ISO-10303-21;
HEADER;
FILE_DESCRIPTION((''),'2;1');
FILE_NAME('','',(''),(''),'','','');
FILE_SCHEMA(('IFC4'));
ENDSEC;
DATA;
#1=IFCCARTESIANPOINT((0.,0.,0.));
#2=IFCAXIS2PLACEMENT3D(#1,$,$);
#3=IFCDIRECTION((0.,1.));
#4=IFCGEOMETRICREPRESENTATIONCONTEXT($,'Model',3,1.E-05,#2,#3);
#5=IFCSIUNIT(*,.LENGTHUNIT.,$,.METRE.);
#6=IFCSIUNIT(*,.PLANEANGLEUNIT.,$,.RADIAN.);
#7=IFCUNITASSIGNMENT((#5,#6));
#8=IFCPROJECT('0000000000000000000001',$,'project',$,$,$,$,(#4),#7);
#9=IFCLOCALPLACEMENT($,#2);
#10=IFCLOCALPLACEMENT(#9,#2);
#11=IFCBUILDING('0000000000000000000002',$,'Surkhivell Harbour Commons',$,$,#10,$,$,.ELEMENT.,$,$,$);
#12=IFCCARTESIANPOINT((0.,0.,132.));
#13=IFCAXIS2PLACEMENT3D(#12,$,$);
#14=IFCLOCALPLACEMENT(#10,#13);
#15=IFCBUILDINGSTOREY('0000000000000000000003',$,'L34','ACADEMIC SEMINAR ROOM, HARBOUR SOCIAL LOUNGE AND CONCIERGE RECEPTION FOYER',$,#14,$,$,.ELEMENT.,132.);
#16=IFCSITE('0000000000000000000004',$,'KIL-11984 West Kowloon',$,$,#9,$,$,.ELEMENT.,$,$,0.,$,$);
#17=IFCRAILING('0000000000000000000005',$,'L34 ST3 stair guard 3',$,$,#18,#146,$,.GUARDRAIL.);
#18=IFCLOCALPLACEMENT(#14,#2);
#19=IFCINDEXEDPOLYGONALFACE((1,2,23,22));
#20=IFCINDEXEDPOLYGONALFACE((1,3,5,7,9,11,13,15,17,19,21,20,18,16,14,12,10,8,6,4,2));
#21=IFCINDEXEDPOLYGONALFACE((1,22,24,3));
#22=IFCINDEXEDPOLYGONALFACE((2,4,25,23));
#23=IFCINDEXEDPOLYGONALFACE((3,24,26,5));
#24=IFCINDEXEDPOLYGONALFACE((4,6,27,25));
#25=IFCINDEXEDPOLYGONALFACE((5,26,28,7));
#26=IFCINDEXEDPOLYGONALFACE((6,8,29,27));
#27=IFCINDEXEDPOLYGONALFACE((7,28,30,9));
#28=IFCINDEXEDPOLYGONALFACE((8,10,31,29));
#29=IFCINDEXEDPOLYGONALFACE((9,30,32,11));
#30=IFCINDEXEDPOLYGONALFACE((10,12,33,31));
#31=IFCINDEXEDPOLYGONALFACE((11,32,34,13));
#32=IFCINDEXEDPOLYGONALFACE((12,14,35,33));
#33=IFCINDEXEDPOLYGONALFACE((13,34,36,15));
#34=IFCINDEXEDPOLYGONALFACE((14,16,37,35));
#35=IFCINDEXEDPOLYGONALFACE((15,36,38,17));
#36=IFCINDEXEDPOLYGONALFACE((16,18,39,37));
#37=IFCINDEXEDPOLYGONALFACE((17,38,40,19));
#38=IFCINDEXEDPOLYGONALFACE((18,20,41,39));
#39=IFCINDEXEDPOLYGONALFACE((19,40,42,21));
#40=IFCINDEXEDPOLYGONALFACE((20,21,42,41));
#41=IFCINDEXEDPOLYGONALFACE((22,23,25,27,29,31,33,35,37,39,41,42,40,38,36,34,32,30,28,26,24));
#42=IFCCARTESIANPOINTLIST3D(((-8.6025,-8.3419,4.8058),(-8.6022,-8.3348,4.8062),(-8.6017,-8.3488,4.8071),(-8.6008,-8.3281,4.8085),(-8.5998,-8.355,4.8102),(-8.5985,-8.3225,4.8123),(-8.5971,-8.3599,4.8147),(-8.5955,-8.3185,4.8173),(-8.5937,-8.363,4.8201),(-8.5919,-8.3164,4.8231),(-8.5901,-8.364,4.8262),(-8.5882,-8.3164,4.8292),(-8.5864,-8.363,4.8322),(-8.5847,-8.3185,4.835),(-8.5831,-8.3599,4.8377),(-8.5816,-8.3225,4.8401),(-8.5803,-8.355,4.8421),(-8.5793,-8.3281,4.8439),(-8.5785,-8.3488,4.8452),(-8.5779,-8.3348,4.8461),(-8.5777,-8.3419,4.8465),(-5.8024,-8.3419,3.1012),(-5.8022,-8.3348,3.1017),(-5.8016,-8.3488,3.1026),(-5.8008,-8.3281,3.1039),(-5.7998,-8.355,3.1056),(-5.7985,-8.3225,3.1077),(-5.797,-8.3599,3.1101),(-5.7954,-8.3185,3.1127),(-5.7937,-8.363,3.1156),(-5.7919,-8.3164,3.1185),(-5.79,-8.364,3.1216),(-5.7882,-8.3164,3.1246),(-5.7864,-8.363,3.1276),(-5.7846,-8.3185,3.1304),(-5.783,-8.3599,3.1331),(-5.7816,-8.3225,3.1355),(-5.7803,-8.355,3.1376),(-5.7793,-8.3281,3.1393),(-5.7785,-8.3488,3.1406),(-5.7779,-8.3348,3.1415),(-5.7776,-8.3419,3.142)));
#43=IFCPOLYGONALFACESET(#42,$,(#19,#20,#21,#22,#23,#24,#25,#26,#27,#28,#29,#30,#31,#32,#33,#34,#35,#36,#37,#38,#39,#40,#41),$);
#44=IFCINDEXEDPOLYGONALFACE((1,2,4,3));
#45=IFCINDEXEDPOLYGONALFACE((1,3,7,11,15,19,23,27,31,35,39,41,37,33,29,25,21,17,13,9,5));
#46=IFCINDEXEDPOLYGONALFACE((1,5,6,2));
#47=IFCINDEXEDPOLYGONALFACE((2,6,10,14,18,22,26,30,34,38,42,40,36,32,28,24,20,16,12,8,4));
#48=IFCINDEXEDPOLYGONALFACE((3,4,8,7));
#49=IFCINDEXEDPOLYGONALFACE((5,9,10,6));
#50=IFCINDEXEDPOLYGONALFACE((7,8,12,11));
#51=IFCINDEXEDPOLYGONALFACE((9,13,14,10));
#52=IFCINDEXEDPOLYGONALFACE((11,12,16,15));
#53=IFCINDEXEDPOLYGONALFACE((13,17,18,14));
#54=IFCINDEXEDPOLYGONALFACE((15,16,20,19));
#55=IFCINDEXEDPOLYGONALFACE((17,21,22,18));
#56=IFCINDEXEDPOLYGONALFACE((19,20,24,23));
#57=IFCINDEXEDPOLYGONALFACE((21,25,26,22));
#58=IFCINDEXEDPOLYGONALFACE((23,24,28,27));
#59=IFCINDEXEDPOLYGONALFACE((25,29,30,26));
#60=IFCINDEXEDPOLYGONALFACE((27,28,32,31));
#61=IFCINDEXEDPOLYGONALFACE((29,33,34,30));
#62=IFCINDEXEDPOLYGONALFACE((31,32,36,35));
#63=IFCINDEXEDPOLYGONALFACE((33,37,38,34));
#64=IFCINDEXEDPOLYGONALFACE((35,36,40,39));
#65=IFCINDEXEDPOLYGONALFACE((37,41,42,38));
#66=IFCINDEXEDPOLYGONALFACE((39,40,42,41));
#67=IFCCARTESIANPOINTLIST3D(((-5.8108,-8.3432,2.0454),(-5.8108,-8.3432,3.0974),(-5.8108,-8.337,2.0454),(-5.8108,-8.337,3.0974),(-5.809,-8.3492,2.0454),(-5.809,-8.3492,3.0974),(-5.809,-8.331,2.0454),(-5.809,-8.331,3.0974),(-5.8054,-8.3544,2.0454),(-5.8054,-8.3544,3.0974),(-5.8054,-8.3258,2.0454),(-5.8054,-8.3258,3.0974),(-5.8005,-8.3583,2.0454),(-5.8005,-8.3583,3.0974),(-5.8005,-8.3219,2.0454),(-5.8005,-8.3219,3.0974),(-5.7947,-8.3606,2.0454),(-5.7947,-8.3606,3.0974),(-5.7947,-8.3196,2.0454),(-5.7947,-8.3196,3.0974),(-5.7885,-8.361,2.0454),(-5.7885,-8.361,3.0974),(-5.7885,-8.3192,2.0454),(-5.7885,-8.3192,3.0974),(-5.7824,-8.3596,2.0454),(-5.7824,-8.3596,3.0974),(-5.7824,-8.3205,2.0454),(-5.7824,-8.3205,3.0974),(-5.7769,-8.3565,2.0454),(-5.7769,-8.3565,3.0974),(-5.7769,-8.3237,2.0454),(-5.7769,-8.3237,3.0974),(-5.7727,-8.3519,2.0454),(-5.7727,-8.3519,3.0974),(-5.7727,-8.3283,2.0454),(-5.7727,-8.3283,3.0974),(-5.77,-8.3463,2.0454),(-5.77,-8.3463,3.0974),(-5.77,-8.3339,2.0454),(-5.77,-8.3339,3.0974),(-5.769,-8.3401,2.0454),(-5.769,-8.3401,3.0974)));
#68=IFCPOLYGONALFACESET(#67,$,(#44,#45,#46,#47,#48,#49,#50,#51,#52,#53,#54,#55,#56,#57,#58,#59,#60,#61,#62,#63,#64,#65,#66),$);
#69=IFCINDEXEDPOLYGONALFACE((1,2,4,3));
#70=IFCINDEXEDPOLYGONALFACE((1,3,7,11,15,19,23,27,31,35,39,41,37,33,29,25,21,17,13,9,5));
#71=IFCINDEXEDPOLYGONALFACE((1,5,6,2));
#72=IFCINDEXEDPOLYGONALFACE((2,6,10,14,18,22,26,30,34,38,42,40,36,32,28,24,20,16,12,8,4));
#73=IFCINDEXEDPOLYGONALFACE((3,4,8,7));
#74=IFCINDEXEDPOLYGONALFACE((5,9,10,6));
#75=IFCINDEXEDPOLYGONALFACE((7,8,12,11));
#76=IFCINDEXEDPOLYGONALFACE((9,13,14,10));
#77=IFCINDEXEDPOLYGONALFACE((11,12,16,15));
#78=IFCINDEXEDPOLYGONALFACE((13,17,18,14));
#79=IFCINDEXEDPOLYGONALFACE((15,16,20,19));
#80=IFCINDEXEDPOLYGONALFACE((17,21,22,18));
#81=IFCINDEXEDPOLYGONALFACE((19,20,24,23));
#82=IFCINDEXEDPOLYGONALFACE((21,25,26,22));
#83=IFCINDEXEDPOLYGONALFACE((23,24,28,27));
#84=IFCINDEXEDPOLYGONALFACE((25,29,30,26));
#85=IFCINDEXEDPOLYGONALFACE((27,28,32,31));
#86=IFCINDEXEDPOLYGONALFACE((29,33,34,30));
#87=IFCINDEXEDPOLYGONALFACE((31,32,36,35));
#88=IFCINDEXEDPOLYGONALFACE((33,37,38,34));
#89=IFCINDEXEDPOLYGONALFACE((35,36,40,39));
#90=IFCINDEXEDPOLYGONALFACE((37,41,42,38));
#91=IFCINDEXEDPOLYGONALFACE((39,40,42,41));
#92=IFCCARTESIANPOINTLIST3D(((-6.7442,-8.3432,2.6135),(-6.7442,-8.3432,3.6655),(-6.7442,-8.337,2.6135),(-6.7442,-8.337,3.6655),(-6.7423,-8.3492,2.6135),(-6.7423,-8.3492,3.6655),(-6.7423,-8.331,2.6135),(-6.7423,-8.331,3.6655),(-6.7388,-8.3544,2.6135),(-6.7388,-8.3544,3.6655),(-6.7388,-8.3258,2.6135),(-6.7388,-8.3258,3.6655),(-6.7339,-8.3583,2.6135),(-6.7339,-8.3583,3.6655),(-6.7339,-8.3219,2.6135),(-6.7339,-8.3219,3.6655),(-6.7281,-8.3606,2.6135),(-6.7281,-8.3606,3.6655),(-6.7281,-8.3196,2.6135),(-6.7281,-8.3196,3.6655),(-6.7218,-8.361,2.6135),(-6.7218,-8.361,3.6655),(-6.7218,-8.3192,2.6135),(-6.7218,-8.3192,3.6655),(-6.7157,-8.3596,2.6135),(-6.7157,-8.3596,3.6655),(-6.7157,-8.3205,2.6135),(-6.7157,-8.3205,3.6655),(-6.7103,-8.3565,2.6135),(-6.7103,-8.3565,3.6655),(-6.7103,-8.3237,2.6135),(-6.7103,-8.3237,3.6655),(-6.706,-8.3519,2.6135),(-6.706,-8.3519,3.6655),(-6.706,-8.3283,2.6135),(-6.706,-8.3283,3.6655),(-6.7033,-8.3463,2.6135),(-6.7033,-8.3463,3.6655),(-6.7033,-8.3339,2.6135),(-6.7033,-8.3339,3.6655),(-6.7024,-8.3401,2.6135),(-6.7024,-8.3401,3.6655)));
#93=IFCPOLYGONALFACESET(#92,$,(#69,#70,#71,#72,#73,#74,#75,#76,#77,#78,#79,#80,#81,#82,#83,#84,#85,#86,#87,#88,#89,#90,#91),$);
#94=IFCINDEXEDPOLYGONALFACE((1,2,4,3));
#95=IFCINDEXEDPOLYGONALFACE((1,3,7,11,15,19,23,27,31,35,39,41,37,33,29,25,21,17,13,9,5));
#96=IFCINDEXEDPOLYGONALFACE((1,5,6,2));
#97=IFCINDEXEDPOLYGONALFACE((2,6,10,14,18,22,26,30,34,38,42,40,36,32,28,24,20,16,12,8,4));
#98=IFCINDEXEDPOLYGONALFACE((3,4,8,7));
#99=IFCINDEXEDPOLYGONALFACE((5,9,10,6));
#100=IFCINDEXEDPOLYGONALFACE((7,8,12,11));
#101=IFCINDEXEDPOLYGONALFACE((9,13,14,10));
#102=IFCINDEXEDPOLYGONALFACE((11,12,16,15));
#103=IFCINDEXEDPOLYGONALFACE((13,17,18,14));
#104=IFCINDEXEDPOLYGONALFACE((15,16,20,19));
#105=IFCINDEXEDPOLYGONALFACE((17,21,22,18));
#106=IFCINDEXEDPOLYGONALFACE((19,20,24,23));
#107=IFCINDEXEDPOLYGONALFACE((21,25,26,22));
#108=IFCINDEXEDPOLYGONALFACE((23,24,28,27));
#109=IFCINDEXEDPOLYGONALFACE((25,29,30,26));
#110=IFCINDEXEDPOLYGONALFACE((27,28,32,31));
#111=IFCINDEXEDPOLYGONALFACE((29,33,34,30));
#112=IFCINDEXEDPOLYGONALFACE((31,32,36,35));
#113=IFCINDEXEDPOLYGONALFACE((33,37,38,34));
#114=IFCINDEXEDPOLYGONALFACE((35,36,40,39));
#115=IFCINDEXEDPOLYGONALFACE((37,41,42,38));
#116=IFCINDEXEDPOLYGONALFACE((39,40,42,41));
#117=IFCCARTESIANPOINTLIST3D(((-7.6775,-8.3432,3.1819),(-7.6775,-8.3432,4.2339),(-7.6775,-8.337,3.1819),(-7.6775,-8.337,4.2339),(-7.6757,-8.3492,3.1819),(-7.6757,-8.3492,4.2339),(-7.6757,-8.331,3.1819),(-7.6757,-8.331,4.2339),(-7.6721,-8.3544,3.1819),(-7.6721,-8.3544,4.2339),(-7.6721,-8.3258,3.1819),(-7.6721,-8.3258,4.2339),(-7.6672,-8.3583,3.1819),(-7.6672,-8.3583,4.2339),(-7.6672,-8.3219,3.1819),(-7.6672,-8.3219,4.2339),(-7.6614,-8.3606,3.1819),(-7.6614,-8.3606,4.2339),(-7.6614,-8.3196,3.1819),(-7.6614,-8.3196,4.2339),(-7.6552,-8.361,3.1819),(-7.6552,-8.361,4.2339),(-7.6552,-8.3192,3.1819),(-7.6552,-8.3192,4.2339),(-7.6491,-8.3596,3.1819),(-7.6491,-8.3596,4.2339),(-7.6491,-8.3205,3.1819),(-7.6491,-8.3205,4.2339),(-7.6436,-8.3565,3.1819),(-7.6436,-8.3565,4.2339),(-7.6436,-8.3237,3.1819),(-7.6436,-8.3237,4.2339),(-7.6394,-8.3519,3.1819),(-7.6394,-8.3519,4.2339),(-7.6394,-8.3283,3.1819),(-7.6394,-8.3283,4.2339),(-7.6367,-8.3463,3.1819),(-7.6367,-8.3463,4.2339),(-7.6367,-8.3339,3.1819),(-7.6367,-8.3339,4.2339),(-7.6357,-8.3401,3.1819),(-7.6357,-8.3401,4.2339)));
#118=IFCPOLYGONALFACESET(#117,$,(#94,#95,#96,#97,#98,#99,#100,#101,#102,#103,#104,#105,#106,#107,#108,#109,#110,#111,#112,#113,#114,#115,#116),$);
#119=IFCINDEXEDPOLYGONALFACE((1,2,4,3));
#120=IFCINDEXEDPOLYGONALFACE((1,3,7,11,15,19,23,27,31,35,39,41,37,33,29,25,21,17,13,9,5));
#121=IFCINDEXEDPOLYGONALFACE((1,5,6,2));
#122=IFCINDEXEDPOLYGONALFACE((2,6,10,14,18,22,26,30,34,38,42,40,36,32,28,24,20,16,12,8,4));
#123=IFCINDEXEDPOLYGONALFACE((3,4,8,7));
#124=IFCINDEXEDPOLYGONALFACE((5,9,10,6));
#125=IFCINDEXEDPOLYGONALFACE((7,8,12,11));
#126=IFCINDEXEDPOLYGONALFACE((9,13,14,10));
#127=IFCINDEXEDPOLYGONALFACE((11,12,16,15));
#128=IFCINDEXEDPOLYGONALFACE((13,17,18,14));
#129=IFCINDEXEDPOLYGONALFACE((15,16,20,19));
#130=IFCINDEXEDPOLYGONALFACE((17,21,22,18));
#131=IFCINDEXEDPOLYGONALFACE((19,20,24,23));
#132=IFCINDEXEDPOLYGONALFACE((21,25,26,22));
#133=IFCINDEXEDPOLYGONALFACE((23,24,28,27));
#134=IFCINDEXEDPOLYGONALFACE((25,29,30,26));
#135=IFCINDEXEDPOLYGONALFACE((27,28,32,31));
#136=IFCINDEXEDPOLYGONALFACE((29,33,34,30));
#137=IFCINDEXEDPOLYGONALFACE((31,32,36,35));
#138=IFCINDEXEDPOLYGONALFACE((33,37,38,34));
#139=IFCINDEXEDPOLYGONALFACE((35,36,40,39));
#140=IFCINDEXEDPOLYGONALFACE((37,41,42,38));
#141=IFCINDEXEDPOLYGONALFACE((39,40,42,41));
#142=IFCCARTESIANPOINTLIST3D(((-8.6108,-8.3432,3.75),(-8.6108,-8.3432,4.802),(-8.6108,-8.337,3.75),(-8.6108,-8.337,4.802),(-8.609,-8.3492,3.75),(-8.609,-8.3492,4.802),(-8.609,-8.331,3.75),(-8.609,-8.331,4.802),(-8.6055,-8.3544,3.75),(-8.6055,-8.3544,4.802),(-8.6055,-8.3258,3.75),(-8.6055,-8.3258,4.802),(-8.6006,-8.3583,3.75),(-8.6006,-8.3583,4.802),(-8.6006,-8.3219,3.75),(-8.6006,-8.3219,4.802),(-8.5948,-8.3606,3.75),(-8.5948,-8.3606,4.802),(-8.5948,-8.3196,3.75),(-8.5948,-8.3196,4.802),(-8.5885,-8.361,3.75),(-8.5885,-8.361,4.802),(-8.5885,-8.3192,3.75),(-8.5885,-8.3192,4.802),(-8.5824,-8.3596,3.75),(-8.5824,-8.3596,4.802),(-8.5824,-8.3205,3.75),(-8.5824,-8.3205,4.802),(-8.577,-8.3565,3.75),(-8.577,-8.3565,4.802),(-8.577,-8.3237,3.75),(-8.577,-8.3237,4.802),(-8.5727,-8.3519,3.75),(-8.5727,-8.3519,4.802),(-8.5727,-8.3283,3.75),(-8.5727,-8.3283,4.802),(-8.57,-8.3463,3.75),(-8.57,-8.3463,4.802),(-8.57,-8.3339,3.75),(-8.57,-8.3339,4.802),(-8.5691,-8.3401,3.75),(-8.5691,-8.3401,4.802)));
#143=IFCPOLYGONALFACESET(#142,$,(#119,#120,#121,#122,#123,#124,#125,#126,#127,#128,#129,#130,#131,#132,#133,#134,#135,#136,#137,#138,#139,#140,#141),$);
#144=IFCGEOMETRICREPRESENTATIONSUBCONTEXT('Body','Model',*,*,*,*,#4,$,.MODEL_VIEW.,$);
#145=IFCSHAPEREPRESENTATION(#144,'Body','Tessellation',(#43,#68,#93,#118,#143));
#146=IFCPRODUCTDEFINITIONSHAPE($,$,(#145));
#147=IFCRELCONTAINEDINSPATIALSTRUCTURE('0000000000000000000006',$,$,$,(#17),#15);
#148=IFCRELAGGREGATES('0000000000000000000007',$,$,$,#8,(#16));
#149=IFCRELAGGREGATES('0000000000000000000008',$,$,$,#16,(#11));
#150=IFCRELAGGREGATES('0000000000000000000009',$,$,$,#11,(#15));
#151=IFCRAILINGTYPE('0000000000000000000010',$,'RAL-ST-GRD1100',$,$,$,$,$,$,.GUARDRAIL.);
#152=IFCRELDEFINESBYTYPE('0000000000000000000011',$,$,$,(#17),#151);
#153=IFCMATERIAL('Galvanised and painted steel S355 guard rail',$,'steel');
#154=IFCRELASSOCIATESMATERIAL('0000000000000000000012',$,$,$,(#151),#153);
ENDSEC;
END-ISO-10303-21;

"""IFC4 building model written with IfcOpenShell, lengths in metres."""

from ifc_helpers import new_model, si_unit, direction, frame, origin, origin_2d, place, context, subcontext, project, spatial, circle, extrude, material, type_object, element, save


model = new_model("IFC4")

# Units and contexts
model_context = context("Model", 3, precision=1e-05, world=origin(), true_north=direction((0.0, 1.0)))
body_context = subcontext(model_context, "Body", "Model", "MODEL_VIEW")
ifc_project = project(units=[si_unit("LENGTHUNIT", "METRE"), si_unit("PLANEANGLEUNIT", "RADIAN")], contexts=[model_context])

# Site, building, storey
site_placement = place(None, origin())
site = spatial("IfcSite", under=ifc_project, at=site_placement, Name="KIL-11984 West Kowloon", CompositionType="ELEMENT", RefElevation=0.0)
building_placement = place(site_placement, origin())
building = spatial("IfcBuilding", under=site, at=building_placement, Name="Surkhivell Harbour Commons", CompositionType="ELEMENT")
storey_placement = place(building_placement, frame((0.0, 0.0, 132.0)))
storey = spatial("IfcBuildingStorey", under=building, at=storey_placement, Name="L34", Description="ACADEMIC SEMINAR ROOM, HARBOUR SOCIAL LOUNGE AND CONCIERGE RECEPTION FOYER", CompositionType="ELEMENT", Elevation=132.0)

# Railing
ifc_material_1 = material(Name="Galvanised and painted steel S355 guard rail", Category="steel")
railing_type_1 = type_object("IfcRailingType", Name="RAL-ST-GRD1100", PredefinedType="GUARDRAIL", material=ifc_material_1)
railing_1_placement = place(storey_placement, frame((-5.79, -8.3401, 2.0454)))
element("IfcRailing", 1, at=railing_1_placement, inside=storey, type_object=railing_type_1, Name="L34 ST3 stair guard 3", PredefinedType="GUARDRAIL", context=body_context, shape_type="SweptSolid", body=[
    extrude(circle(Radius=0.0239, at=origin_2d()), frame((0.0, 0.0, 1.0762), z_axis=(-0.85417, 0.0, 0.519994), x_axis=(0.0, -1.0, 0.0)), (0.0, 0.0, 1.0), 3.2781),
    extrude(circle(Radius=0.021, at=origin_2d()), origin(), (0.0, 0.0, 1.0), 1.052),
    extrude(circle(Radius=0.021, at=origin_2d()), frame((-0.9333, 0.0, 0.5681)), (0.0, 0.0, 1.0), 1.052),
    extrude(circle(Radius=0.021, at=origin_2d()), frame((-1.8667, 0.0, 1.1365)), (0.0, 0.0, 1.0), 1.052),
    extrude(circle(Radius=0.021, at=origin_2d()), frame((-2.8, 0.0, 1.7046)), (0.0, 0.0, 1.0), 1.052),
])

save(model, "model.ifc")
